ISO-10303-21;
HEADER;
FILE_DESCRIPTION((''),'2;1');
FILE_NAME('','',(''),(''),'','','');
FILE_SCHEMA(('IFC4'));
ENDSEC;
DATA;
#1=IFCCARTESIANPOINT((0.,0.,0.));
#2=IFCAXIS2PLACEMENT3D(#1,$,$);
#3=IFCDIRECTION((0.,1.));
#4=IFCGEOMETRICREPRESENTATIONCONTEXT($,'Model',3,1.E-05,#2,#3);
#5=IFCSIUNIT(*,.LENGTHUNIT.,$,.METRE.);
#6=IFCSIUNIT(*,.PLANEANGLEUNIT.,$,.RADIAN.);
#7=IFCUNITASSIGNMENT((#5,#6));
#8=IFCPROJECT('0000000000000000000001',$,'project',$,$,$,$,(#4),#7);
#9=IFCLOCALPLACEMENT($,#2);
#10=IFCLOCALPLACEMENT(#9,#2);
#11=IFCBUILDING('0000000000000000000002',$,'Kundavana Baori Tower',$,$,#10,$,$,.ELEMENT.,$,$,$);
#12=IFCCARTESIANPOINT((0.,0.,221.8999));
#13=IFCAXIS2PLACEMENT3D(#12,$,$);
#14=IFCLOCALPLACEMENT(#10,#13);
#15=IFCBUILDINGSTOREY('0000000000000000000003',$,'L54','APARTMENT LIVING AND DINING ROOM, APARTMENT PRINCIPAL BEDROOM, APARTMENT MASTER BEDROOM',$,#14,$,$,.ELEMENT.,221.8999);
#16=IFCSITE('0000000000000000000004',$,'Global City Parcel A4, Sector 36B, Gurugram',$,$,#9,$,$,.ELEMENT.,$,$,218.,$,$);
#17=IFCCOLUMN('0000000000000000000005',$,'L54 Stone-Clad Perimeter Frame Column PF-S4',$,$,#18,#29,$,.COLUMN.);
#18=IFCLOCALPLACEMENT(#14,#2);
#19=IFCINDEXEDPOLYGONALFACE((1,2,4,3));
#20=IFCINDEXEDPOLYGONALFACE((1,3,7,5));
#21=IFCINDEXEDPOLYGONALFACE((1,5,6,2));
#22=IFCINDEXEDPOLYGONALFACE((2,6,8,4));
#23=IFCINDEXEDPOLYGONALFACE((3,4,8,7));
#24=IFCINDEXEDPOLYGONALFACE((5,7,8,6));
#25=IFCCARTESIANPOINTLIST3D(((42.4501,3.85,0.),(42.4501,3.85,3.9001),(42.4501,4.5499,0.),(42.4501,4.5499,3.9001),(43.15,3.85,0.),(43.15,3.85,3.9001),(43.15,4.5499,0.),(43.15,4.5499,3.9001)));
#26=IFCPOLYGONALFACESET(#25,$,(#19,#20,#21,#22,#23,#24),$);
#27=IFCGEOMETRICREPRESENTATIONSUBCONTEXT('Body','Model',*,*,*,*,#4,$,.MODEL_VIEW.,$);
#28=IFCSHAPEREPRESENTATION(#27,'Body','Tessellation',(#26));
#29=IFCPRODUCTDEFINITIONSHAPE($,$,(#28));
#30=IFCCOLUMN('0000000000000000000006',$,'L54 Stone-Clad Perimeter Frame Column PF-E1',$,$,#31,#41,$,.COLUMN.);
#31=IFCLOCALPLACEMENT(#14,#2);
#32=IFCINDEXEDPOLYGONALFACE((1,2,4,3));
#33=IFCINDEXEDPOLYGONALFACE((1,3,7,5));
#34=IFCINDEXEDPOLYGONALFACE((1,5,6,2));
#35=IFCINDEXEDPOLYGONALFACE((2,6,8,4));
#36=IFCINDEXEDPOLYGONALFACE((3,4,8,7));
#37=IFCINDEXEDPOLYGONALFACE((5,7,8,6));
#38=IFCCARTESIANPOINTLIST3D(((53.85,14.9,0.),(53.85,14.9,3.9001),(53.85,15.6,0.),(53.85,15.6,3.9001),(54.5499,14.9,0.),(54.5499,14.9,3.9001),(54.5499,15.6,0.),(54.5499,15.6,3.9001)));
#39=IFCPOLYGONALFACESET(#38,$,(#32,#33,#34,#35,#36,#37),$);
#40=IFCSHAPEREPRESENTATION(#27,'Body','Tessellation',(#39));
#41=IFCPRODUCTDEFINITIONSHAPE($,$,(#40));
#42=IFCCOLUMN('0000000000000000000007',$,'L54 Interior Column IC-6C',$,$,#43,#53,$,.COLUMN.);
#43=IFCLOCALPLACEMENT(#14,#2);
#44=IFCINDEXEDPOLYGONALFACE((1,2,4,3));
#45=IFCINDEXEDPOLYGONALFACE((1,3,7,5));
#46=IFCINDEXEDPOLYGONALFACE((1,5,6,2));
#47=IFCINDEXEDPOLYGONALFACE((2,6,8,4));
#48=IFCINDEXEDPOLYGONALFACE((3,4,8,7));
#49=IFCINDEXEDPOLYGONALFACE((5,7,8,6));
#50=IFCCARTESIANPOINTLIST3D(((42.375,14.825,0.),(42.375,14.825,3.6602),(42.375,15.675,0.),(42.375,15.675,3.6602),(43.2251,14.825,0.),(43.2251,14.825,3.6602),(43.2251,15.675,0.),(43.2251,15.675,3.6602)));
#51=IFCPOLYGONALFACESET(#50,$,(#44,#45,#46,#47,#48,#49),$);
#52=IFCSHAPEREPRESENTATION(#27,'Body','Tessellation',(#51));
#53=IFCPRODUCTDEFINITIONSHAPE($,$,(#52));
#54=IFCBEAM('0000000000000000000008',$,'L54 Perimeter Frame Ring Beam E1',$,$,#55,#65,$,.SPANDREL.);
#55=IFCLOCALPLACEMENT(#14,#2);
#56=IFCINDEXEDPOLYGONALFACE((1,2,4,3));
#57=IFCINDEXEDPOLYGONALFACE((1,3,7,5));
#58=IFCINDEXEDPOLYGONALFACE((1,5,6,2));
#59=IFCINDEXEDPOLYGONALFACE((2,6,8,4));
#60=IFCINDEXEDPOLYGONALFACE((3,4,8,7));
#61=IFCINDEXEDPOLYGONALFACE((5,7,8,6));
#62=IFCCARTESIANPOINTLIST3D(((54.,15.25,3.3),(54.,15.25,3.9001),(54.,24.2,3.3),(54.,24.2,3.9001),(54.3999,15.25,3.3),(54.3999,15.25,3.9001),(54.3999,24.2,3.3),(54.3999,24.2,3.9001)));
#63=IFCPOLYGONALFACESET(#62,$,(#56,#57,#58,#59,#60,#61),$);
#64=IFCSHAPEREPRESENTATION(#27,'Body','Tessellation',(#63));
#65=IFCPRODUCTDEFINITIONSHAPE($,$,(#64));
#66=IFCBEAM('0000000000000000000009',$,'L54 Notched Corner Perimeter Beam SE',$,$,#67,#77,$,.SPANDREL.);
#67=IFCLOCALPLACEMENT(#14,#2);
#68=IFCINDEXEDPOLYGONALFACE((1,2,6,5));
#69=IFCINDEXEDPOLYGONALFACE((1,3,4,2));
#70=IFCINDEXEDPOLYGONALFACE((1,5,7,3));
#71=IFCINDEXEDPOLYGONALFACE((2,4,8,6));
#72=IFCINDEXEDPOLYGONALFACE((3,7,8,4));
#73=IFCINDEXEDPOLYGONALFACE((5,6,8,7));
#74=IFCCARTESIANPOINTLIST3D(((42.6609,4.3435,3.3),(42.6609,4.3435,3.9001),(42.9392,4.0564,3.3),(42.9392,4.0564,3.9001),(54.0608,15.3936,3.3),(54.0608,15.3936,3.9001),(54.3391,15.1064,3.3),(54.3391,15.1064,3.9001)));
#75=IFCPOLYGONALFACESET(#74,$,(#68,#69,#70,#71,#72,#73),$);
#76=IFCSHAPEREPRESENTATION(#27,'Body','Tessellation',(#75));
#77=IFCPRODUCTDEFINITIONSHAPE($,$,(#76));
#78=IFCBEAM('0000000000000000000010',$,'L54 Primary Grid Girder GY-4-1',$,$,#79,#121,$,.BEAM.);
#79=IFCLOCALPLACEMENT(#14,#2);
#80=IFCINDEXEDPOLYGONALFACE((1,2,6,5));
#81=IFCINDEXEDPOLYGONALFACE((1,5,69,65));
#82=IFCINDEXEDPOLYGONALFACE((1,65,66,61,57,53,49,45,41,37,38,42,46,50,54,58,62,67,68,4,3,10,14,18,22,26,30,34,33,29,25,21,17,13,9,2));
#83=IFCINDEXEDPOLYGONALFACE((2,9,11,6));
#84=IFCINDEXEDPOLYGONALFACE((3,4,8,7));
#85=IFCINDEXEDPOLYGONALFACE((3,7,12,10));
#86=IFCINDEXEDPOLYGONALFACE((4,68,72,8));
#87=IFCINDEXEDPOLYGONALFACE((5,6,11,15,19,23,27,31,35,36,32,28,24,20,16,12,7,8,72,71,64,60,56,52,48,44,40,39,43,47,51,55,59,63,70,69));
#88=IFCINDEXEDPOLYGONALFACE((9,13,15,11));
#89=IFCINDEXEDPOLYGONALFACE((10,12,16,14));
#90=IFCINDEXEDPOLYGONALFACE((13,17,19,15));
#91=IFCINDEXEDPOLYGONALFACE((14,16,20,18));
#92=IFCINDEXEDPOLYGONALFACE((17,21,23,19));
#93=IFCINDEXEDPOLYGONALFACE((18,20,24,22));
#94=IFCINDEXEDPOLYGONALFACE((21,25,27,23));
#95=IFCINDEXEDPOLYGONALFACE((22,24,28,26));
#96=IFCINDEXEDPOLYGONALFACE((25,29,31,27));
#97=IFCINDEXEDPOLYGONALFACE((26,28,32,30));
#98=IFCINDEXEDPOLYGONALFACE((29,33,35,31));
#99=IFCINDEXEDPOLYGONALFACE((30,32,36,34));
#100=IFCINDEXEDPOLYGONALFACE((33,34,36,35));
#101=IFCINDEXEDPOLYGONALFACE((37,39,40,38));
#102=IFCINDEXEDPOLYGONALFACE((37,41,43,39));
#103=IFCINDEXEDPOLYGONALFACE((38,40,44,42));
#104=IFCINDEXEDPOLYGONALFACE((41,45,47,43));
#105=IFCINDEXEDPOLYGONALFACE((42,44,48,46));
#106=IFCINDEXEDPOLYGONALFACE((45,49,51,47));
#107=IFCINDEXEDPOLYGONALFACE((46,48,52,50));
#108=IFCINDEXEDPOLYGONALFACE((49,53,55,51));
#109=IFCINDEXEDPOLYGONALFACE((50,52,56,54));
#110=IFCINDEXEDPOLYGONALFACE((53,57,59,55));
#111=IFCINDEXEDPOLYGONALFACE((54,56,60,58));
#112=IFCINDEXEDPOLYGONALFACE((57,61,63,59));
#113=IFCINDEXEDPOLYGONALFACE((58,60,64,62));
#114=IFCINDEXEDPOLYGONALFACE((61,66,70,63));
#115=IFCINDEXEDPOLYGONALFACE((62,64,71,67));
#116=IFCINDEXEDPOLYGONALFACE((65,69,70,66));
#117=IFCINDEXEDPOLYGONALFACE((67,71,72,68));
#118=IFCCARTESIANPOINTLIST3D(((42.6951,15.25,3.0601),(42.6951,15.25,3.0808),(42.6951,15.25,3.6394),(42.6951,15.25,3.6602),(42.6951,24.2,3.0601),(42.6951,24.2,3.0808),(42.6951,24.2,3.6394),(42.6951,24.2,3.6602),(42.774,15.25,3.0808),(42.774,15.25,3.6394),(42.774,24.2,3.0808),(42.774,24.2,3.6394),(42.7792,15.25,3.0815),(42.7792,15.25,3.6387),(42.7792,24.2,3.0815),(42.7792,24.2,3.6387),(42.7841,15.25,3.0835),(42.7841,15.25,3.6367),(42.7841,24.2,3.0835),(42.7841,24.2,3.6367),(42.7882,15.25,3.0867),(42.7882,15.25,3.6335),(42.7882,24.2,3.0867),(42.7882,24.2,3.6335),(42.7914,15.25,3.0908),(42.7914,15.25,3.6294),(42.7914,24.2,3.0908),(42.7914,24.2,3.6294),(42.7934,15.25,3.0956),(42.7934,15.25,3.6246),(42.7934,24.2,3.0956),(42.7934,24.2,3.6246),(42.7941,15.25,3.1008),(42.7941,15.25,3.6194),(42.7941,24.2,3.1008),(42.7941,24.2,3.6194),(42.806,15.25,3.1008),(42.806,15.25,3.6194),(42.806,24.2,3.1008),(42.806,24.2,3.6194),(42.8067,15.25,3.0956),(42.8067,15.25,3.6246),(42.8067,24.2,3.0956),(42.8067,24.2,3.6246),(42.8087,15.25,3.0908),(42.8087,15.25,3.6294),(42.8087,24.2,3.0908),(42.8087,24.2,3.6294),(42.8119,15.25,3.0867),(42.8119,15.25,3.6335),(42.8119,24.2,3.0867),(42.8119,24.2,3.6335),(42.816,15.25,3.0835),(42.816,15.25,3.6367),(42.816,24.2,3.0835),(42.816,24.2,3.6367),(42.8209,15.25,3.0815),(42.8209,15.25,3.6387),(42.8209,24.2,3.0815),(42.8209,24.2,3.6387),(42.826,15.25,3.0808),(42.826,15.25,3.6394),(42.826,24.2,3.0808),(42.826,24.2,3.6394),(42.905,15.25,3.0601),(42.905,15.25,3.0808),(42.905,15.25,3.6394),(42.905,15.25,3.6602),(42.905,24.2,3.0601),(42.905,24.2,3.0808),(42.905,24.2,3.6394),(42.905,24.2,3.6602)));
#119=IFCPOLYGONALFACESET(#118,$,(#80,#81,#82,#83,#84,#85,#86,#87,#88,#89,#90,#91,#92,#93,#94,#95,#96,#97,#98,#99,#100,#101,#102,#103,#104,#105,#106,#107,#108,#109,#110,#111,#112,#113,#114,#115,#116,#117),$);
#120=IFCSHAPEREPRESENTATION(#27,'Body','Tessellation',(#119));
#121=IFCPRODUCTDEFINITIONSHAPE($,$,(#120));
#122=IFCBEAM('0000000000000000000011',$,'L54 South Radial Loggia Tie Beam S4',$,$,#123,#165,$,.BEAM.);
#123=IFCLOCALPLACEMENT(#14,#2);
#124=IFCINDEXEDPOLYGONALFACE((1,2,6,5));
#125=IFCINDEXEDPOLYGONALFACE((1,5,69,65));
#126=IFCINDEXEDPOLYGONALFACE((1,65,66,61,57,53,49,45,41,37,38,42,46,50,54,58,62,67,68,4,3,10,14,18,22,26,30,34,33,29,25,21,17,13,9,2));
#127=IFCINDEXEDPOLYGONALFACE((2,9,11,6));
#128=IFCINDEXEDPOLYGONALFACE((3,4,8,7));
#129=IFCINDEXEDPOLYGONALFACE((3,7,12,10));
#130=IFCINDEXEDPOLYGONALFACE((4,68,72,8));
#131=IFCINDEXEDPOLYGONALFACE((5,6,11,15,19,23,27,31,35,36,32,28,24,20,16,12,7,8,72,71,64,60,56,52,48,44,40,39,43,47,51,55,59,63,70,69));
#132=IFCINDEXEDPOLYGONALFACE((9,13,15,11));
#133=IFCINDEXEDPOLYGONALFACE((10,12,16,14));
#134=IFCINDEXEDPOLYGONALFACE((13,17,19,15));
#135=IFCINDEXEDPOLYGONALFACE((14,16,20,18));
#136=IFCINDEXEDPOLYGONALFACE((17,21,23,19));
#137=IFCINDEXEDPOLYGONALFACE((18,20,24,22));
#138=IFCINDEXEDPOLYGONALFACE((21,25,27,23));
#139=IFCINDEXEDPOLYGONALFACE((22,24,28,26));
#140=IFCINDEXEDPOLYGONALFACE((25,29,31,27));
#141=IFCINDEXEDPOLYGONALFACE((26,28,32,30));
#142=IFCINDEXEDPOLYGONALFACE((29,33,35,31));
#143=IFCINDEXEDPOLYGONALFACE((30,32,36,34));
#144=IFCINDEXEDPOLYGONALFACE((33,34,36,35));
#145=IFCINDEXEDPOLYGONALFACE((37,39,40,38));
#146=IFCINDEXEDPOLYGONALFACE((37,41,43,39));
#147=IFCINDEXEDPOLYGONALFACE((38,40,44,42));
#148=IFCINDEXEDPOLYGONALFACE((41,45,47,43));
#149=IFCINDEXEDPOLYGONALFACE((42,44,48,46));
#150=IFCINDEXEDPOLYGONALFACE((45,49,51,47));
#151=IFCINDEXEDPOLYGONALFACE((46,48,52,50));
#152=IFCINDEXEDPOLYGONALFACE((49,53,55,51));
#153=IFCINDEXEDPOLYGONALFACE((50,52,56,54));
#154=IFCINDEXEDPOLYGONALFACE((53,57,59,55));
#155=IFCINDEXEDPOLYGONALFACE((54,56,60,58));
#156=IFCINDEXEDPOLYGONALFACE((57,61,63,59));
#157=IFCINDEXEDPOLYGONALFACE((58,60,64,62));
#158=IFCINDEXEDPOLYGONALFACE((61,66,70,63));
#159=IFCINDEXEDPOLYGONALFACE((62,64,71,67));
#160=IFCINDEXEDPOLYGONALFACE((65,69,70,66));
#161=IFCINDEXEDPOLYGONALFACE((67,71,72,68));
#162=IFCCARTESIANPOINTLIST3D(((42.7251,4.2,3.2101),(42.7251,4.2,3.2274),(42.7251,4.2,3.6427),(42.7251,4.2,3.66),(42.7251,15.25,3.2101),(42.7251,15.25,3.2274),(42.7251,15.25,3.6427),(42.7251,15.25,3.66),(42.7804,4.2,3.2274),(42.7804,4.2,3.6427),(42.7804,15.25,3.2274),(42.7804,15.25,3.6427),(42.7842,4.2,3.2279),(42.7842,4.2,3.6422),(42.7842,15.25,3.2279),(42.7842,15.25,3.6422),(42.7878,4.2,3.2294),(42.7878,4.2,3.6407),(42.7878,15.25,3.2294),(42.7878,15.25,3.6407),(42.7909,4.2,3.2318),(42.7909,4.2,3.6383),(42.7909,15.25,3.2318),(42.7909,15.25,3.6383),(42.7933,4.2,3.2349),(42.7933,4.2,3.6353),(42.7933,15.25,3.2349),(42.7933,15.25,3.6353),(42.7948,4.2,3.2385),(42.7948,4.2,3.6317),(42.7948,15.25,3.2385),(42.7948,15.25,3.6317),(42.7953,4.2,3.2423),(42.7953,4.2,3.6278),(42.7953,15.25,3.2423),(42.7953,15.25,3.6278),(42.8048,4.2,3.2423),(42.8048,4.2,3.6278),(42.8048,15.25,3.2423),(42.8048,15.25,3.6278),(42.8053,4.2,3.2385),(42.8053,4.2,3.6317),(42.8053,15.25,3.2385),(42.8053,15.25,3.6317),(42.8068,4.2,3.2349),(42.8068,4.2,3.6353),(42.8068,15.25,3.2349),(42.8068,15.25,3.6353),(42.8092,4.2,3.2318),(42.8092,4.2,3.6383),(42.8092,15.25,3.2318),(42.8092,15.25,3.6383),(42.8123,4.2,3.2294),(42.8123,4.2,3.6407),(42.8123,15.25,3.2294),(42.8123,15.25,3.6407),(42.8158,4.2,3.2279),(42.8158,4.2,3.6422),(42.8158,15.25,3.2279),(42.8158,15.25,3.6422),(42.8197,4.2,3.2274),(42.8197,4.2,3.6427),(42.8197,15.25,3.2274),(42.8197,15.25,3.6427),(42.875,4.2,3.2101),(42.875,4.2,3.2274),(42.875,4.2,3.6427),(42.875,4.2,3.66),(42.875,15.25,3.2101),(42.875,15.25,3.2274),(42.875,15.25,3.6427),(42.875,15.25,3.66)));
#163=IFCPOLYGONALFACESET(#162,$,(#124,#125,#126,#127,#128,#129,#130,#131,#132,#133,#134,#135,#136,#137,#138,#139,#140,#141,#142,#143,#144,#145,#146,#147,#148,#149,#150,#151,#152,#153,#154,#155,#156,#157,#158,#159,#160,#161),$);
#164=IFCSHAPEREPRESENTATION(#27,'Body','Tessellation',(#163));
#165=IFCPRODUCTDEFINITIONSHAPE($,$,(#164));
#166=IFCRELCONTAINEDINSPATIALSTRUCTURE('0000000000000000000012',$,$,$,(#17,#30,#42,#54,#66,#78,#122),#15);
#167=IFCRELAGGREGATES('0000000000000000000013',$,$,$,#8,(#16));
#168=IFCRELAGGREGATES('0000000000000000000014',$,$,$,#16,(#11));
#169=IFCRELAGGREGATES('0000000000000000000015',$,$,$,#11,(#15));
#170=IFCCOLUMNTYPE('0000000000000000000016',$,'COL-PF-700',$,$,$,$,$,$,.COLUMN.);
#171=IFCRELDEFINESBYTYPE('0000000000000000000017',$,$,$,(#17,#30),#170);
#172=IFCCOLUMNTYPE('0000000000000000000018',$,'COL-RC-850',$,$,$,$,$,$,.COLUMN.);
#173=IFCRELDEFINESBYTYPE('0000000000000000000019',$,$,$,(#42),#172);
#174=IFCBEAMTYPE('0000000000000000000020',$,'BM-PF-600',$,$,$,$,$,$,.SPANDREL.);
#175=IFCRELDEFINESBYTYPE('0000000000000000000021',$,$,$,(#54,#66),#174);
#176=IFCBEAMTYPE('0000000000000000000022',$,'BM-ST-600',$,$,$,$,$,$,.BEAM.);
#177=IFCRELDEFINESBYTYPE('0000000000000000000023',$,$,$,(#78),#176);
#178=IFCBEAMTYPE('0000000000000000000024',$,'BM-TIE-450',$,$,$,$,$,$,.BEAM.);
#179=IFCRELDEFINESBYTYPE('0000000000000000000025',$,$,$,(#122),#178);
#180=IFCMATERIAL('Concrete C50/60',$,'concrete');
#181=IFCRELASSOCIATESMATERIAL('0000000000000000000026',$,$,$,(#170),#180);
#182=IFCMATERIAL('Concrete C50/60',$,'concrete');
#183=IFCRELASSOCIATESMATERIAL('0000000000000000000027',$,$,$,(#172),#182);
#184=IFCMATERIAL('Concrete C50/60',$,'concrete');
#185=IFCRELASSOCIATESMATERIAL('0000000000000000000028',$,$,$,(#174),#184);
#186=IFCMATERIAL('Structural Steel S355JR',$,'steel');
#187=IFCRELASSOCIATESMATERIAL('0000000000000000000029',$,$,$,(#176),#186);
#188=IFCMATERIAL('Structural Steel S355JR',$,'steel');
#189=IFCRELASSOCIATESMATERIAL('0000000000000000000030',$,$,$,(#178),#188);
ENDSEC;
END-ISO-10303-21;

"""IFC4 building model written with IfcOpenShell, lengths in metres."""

from ifc_helpers import new_model, si_unit, direction, frame, origin, origin_2d, place, context, subcontext, project, spatial, rectangle, i_section, extrude, material, material_profile, profile_set, type_object, element, save


model = new_model("IFC4")

# Units and contexts
model_context = context("Model", 3, precision=1e-05, world=origin(), true_north=direction((0.0, 1.0)))
body_context = subcontext(model_context, "Body", "Model", "MODEL_VIEW")
ifc_project = project(units=[si_unit("LENGTHUNIT", "METRE"), si_unit("PLANEANGLEUNIT", "RADIAN")], contexts=[model_context])

# Site, building, storey
site_placement = place(None, origin())
site = spatial("IfcSite", under=ifc_project, at=site_placement, Name="Global City Parcel A4, Sector 36B, Gurugram", CompositionType="ELEMENT", RefElevation=218.0)
building_placement = place(site_placement, origin())
building = spatial("IfcBuilding", under=site, at=building_placement, Name="Kundavana Baori Tower", CompositionType="ELEMENT")
storey_placement = place(building_placement, frame((0.0, 0.0, 221.8999)))
storey = spatial("IfcBuildingStorey", under=building, at=storey_placement, Name="L54", Description="APARTMENT LIVING AND DINING ROOM, APARTMENT PRINCIPAL BEDROOM, APARTMENT MASTER BEDROOM", CompositionType="ELEMENT", Elevation=221.8999)

# Columns
ifc_material_1 = material(Name="Concrete C50/60", Category="concrete")
ifc_material_profile_1 = material_profile(ifc_material_1, rectangle(XDim=0.7, YDim=0.7, at=origin_2d()), Name="RC PF 700x700")
ifc_profile_set_1 = profile_set([ifc_material_profile_1], Name="Concrete C50/60")
column_type_1 = type_object("IfcColumnType", Name="COL-PF-700", PredefinedType="COLUMN", material=ifc_profile_set_1)
for number, where, z_axis, x_axis, name in (
    (1, (42.8, 4.2, 0.0), (0.0, 0.0, 1.0), (1.0, 0.0, 0.0), "L54 Stone-Clad Perimeter Frame Column PF-S4"),
    (2, (54.2, 15.25, 0.0), (0.0, 0.0, 1.0), (1.0, 0.0, 0.0), "L54 Stone-Clad Perimeter Frame Column PF-E1"),
):
    element("IfcColumn", number, at=place(storey_placement, frame(where, z_axis=z_axis, x_axis=x_axis)), inside=storey, type_object=column_type_1, Name=name, PredefinedType="COLUMN", context=body_context, shape_type="SweptSolid", body=[
        extrude(rectangle(XDim=0.7, YDim=0.7, at=origin_2d()), origin(), (0.0, 0.0, 1.0), 3.9001),
    ])
ifc_material_2 = material(Name="Concrete C50/60", Category="concrete")
ifc_material_profile_2 = material_profile(ifc_material_2, rectangle(XDim=0.8501, YDim=0.8501, at=origin_2d()), Name="RC 850x850")
ifc_profile_set_2 = profile_set([ifc_material_profile_2], Name="Concrete C50/60")
column_type_2 = type_object("IfcColumnType", Name="COL-RC-850", PredefinedType="COLUMN", material=ifc_profile_set_2)
column_placement = place(storey_placement, frame((42.8, 15.25, 0.0), z_axis=(0.0, 0.0, 1.0), x_axis=(1.0, 0.0, 0.0)))
element("IfcColumn", 3, at=column_placement, inside=storey, type_object=column_type_2, Name="L54 Interior Column IC-6C", PredefinedType="COLUMN", context=body_context, shape_type="SweptSolid", body=[
    extrude(rectangle(XDim=0.8501, YDim=0.8501, at=origin_2d()), origin(), (0.0, 0.0, 1.0), 3.6602),
])

# Beams
ifc_material_3 = material(Name="Concrete C50/60", Category="concrete")
ifc_material_profile_3 = material_profile(ifc_material_3, rectangle(XDim=0.3999, YDim=0.6001, at=origin_2d()), Name="RC BM 400x600")
ifc_profile_set_3 = profile_set([ifc_material_profile_3], Name="Concrete C50/60")
beam_type_1 = type_object("IfcBeamType", Name="BM-PF-600", PredefinedType="SPANDREL", material=ifc_profile_set_3)
beam_1_placement = place(storey_placement, frame((54.2, 15.25, 3.6001), z_axis=(0.0, 1.0, 0.0), x_axis=(-1.0, 0.0, 0.0)))
element("IfcBeam", 4, at=beam_1_placement, inside=storey, type_object=beam_type_1, Name="L54 Perimeter Frame Ring Beam E1", PredefinedType="SPANDREL", context=body_context, shape_type="SweptSolid", body=[
    extrude(rectangle(XDim=0.3999, YDim=0.6001, at=origin_2d()), origin(), (0.0, 0.0, 1.0), 8.95),
])
beam_2_placement = place(storey_placement, frame((42.8, 4.2, 3.6001), z_axis=(0.718039, 0.696003, 0.0), x_axis=(-0.696003, 0.718039, 0.0)))
element("IfcBeam", 5, at=beam_2_placement, inside=storey, type_object=beam_type_1, Name="L54 Notched Corner Perimeter Beam SE", PredefinedType="SPANDREL", context=body_context, shape_type="SweptSolid", body=[
    extrude(rectangle(XDim=0.3999, YDim=0.6001, at=origin_2d()), origin(), (0.0, 0.0, 1.0), 15.8765),
])
ifc_material_4 = material(Name="Structural Steel S355JR", Category="steel")
ifc_material_profile_4 = material_profile(ifc_material_4, i_section(OverallWidth=0.21, OverallDepth=0.6001, WebThickness=0.012, FlangeThickness=0.0208, FilletRadius=0.02, at=origin_2d()), Name="ISMB 600")
ifc_profile_set_4 = profile_set([ifc_material_profile_4], Name="Structural Steel S355JR")
beam_type_2 = type_object("IfcBeamType", Name="BM-ST-600", PredefinedType="BEAM", material=ifc_profile_set_4)
beam_3_placement = place(storey_placement, frame((42.8, 15.25, 3.3601), z_axis=(0.0, 1.0, 0.0), x_axis=(-1.0, 0.0, 0.0)))
element("IfcBeam", 6, at=beam_3_placement, inside=storey, type_object=beam_type_2, Name="L54 Primary Grid Girder GY-4-1", PredefinedType="BEAM", context=body_context, shape_type="SweptSolid", body=[
    extrude(i_section(OverallWidth=0.21, OverallDepth=0.6001, WebThickness=0.012, FlangeThickness=0.0208, FilletRadius=0.02, at=origin_2d()), origin(), (0.0, 0.0, 1.0), 8.95),
])
ifc_material_5 = material(Name="Structural Steel S355JR", Category="steel")
ifc_material_profile_5 = material_profile(ifc_material_5, i_section(OverallWidth=0.1499, OverallDepth=0.45, WebThickness=0.0095, FlangeThickness=0.0173, FilletRadius=0.0149, at=origin_2d()), Name="ISMB 450")
ifc_profile_set_5 = profile_set([ifc_material_profile_5], Name="Structural Steel S355JR")
beam_type_3 = type_object("IfcBeamType", Name="BM-TIE-450", PredefinedType="BEAM", material=ifc_profile_set_5)
beam_4_placement = place(storey_placement, frame((42.8, 15.25, 3.4351), z_axis=(0.0, -1.0, 0.0), x_axis=(1.0, 0.0, 0.0)))
element("IfcBeam", 7, at=beam_4_placement, inside=storey, type_object=beam_type_3, Name="L54 South Radial Loggia Tie Beam S4", PredefinedType="BEAM", context=body_context, shape_type="SweptSolid", body=[
    extrude(i_section(OverallWidth=0.1499, OverallDepth=0.45, WebThickness=0.0095, FlangeThickness=0.0173, FilletRadius=0.0149, at=origin_2d()), origin(), (0.0, 0.0, 1.0), 11.05),
])

save(model, "model.ifc")
